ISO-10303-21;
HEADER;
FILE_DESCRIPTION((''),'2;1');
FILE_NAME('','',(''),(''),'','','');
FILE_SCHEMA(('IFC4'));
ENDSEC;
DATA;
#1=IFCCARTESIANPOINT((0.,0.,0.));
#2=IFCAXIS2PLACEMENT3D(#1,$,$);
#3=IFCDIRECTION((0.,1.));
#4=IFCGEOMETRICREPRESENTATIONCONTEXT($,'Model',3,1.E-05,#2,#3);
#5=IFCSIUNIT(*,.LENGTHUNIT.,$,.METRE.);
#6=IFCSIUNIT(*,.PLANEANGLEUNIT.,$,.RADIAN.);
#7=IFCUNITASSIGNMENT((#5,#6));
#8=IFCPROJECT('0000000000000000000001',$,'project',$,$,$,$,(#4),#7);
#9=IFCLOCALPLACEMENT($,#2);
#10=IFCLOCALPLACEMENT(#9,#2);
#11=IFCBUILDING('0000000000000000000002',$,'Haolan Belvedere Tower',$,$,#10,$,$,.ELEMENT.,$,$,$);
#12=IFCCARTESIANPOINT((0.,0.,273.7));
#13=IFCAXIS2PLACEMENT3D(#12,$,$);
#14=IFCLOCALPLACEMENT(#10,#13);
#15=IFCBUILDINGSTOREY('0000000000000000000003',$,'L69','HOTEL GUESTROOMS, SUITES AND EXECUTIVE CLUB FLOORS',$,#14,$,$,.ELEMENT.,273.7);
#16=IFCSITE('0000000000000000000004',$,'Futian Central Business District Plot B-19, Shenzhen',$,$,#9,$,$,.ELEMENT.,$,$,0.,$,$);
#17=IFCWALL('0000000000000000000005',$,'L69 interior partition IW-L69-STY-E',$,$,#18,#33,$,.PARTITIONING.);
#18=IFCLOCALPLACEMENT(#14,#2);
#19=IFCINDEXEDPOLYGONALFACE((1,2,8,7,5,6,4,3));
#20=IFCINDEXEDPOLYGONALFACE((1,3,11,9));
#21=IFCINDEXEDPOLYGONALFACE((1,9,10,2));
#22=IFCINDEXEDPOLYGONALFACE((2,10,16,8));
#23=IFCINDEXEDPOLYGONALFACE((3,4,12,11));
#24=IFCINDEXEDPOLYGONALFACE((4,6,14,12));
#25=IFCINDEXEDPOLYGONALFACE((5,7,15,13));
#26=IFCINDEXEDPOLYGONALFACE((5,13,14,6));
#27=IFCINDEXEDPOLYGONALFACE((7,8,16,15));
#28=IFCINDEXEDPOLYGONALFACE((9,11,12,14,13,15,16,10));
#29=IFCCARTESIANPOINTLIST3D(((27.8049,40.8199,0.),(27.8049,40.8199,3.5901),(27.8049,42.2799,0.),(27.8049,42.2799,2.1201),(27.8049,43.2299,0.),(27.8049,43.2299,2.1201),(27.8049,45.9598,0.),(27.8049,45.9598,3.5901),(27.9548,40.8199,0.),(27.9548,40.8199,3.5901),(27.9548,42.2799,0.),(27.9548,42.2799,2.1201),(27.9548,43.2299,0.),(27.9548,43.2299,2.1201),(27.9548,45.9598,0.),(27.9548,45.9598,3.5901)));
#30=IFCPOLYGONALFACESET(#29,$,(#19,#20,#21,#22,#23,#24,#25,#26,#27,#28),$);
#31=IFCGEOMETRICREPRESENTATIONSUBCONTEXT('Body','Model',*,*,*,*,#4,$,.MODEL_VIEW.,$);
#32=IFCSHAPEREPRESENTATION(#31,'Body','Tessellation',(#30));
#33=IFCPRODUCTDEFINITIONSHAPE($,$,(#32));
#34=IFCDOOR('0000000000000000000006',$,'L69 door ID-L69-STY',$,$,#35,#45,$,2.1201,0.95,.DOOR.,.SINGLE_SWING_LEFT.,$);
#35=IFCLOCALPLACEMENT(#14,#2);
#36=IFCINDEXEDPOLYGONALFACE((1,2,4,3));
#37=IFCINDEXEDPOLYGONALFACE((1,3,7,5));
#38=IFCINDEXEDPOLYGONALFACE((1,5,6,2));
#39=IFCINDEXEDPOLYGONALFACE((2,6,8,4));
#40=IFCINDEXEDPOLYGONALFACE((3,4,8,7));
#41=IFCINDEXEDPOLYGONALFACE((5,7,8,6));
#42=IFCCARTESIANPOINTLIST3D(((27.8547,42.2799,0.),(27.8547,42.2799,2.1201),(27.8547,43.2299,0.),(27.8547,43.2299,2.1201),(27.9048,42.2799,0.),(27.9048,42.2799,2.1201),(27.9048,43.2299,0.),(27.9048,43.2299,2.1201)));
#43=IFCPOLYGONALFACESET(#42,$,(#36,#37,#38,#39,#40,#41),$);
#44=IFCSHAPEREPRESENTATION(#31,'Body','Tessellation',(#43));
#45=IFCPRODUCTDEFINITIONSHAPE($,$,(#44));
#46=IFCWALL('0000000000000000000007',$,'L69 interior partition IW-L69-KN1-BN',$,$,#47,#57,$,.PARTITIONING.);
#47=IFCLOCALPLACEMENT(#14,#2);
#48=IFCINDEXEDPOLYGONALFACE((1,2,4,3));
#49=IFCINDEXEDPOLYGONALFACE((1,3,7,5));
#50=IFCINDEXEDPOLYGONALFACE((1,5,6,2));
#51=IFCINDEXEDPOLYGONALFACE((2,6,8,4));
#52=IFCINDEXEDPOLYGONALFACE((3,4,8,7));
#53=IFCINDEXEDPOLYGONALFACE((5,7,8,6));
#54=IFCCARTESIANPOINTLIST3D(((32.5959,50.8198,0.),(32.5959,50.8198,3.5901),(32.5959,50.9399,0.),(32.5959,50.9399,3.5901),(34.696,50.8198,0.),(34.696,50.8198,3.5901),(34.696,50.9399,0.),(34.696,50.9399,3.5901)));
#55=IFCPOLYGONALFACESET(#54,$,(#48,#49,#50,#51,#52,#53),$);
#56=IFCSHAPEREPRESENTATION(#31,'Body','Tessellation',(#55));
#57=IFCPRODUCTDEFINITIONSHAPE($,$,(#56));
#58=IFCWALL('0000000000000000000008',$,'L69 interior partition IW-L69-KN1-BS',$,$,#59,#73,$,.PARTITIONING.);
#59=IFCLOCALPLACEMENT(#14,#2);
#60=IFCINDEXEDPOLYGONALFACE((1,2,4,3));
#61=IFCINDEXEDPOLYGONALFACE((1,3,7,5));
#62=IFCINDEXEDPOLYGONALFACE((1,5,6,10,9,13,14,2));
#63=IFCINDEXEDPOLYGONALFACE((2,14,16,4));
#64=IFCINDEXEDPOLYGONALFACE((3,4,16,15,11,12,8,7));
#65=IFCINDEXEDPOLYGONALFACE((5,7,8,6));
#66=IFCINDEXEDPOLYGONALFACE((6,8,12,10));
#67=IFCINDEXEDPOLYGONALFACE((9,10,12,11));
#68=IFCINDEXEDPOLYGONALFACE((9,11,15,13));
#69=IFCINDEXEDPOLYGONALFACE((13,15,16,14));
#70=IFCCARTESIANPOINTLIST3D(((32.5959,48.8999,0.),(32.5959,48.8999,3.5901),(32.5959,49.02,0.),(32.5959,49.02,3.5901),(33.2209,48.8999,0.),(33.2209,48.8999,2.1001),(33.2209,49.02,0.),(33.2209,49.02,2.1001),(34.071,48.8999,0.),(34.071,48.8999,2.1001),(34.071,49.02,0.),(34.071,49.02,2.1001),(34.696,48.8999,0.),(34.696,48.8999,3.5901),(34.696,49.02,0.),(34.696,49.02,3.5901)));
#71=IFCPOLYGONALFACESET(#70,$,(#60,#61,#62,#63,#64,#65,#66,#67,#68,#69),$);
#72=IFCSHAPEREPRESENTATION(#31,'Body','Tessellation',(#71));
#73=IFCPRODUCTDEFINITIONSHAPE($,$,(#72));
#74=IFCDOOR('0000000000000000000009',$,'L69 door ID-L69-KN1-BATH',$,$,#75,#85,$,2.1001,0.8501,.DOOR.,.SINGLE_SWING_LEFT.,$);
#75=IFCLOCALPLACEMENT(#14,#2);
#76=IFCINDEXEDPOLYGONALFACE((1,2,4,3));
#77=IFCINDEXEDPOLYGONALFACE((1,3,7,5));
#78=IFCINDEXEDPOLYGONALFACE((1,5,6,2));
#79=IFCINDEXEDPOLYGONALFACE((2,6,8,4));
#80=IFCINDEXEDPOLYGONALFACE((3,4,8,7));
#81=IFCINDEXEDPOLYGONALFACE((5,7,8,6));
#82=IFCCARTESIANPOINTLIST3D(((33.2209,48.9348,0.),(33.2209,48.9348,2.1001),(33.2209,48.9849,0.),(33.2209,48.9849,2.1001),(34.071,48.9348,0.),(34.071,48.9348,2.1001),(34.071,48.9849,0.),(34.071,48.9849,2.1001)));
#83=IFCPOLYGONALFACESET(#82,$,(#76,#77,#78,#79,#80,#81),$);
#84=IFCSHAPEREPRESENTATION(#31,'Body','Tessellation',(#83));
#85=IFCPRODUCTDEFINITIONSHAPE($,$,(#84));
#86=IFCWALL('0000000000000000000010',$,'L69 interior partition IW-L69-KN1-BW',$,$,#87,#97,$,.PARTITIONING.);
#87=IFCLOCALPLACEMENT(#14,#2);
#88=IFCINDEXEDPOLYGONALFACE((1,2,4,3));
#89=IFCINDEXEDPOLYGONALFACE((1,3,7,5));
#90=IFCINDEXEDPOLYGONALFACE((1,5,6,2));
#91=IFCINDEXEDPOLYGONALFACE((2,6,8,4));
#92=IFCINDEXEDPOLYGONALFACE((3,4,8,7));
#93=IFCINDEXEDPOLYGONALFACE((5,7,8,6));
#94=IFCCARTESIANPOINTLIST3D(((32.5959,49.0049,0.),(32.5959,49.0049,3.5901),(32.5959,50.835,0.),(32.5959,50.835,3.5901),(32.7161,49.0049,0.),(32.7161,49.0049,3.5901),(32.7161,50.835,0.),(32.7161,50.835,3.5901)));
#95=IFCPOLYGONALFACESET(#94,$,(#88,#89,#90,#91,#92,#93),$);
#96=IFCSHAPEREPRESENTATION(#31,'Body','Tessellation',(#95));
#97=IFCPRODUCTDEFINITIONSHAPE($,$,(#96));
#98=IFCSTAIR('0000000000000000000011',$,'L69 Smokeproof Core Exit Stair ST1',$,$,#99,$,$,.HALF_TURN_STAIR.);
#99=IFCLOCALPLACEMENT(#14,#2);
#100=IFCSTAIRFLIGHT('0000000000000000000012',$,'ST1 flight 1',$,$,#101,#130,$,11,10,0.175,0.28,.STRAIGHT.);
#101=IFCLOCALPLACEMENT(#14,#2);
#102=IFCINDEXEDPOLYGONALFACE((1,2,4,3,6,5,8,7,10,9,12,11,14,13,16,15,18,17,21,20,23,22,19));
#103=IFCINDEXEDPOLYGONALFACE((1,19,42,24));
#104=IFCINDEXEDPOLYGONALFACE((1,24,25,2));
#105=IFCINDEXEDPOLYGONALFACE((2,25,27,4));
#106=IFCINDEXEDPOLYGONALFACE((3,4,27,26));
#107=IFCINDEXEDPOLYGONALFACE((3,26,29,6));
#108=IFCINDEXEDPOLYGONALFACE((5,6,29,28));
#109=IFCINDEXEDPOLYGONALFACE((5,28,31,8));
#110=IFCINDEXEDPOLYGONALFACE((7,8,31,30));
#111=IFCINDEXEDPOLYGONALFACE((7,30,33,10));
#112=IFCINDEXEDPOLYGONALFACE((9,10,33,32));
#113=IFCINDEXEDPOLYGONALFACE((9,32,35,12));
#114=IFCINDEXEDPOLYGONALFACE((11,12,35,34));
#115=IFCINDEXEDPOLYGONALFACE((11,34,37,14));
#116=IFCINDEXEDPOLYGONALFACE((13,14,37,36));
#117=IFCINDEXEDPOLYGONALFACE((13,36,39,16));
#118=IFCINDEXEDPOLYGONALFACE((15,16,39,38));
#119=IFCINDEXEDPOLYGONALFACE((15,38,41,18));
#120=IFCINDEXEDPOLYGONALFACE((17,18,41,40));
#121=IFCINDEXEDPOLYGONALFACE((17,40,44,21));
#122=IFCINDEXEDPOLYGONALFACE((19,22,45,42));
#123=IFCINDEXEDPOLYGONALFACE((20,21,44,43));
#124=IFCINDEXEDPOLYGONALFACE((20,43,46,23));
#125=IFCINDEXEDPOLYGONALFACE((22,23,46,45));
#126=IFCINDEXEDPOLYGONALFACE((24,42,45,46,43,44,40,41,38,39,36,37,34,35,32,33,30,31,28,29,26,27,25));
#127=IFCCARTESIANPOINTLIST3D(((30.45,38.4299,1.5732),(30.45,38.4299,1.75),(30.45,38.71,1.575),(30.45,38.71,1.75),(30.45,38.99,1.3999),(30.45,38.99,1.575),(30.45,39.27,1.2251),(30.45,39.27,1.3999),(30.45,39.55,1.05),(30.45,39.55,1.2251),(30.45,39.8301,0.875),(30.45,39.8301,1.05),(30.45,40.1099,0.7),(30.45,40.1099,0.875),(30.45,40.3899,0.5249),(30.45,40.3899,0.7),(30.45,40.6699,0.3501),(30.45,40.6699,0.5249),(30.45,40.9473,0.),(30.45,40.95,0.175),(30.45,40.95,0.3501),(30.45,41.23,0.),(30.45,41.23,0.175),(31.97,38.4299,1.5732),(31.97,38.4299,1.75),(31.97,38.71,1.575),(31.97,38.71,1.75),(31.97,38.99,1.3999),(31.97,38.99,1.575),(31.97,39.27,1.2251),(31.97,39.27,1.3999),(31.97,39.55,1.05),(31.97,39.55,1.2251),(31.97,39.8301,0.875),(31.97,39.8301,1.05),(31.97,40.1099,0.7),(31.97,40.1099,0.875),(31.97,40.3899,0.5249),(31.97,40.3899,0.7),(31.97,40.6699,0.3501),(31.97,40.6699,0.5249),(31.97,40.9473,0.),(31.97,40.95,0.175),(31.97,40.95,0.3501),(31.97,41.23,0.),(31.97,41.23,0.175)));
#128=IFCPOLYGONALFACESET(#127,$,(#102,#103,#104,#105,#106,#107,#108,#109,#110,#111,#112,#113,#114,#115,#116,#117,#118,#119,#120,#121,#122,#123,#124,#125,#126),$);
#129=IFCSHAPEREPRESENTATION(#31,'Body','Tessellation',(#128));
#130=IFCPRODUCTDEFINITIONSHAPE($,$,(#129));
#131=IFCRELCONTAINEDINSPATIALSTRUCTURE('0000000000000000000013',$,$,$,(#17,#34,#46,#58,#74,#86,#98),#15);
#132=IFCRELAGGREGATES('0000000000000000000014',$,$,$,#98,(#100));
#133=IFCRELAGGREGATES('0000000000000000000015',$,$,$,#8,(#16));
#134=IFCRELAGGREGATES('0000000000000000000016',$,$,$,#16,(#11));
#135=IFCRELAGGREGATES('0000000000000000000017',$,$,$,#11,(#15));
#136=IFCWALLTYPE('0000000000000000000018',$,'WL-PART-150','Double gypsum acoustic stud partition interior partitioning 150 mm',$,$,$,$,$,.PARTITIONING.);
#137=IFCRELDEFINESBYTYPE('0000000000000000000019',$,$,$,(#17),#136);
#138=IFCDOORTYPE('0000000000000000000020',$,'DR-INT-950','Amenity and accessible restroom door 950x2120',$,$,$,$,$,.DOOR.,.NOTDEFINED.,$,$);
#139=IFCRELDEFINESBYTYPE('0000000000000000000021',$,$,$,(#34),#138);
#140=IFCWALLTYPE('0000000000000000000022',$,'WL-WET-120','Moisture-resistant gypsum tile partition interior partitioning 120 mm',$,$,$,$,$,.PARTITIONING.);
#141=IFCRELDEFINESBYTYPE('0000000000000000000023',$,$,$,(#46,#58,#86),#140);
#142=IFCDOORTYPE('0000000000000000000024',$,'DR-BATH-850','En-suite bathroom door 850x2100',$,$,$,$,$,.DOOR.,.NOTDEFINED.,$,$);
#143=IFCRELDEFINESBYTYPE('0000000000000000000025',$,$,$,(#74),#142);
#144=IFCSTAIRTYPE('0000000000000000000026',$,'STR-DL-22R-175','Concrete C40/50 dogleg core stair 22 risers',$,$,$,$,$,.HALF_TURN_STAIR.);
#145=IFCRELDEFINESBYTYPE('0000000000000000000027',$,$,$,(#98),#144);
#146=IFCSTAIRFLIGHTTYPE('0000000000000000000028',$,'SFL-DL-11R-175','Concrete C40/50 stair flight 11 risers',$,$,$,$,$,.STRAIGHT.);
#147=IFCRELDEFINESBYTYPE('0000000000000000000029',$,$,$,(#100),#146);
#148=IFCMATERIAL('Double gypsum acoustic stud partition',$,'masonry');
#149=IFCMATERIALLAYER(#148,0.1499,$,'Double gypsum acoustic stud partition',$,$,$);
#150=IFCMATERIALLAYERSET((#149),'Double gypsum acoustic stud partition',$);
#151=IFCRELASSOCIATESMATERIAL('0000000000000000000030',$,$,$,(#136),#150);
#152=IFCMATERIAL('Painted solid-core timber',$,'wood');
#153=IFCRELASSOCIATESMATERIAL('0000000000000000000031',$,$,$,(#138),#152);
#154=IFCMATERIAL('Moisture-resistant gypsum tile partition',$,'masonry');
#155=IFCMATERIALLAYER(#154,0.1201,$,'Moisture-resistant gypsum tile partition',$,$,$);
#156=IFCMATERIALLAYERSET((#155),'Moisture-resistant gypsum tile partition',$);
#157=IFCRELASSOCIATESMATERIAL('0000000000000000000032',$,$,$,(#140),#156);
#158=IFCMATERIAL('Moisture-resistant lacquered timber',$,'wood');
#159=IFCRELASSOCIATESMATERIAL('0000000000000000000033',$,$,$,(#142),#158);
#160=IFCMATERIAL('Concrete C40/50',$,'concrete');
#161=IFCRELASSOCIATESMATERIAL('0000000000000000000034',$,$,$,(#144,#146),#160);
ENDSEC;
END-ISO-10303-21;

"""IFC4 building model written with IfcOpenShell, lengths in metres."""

from ifc_helpers import new_model, si_unit, direction, frame, frame_2d, origin, place, context, subcontext, project, spatial, polyline, rectangle, outline, extrude, material, layer, layer_set, type_object, element, fill, aggregate, save


model = new_model("IFC4")

# Units and contexts
model_context = context("Model", 3, precision=1e-05, world=origin(), true_north=direction((0.0, 1.0)))
body_context = subcontext(model_context, "Body", "Model", "MODEL_VIEW")
ifc_project = project(units=[si_unit("LENGTHUNIT", "METRE"), si_unit("PLANEANGLEUNIT", "RADIAN")], contexts=[model_context])

# Site, building, storey
site_placement = place(None, origin())
site = spatial("IfcSite", under=ifc_project, at=site_placement, Name="Futian Central Business District Plot B-19, Shenzhen", CompositionType="ELEMENT", RefElevation=0.0)
building_placement = place(site_placement, origin())
building = spatial("IfcBuilding", under=site, at=building_placement, Name="Haolan Belvedere Tower", CompositionType="ELEMENT")
storey_placement = place(building_placement, frame((0.0, 0.0, 273.7)))
storey = spatial("IfcBuildingStorey", under=building, at=storey_placement, Name="L69", Description="HOTEL GUESTROOMS, SUITES AND EXECUTIVE CLUB FLOORS", CompositionType="ELEMENT", Elevation=273.7)

# Shared definitions
ifc_material_1 = material(Name="Concrete C40/50", Category="concrete")

# Wall, opening, door
ifc_material_2 = material(Name="Double gypsum acoustic stud partition", Category="masonry")
ifc_layer_1 = layer(ifc_material_2, 0.1499, Name="Double gypsum acoustic stud partition")
ifc_layer_set_1 = layer_set([ifc_layer_1], Name="Double gypsum acoustic stud partition")
wall_type_1 = type_object("IfcWallType", Name="WL-PART-150", Description="Double gypsum acoustic stud partition interior partitioning 150 mm", PredefinedType="PARTITIONING", material=ifc_layer_set_1)
wall_1_placement = place(storey_placement, frame((27.8799, 40.8201, 0.0), z_axis=(0.0, 0.0, 1.0), x_axis=(0.0, 1.0, 0.0)))
wall_1 = element("IfcWall", 1, at=wall_1_placement, inside=storey, type_object=wall_type_1, Name="L69 interior partition IW-L69-STY-E", PredefinedType="PARTITIONING", context=body_context, shape_type="SweptSolid", body=[
    extrude(rectangle(XDim=5.1399, YDim=0.1499, at=frame_2d((2.5698, 0.0))), origin(), (0.0, 0.0, 1.0), 3.5901),
])
opening_1_placement = place(wall_1_placement, frame((2.4099, 0.0, 0.0), z_axis=(0.0, 0.0, 1.0), x_axis=(-1.0, 0.0, 0.0)))
opening_1 = element("IfcOpeningElement", 2, at=opening_1_placement, cuts=wall_1, PredefinedType="OPENING", context=body_context, shape_type="SweptSolid", body=[
    extrude(rectangle(XDim=0.95, YDim=2.1201, at=frame_2d((0.4751, 1.0601))), frame((0.0, 0.085, 0.0), z_axis=(0.0, -1.0, 0.0), x_axis=(1.0, 0.0, 0.0)), (0.0, 0.0, 1.0), 0.1699),
])
ifc_material_3 = material(Name="Painted solid-core timber", Category="wood")
door_type_1 = type_object("IfcDoorType", Name="DR-INT-950", Description="Amenity and accessible restroom door 950x2120", OperationType="NOTDEFINED", PredefinedType="DOOR", material=ifc_material_3)
door_1_placement = place(opening_1_placement, origin())
door_1 = element("IfcDoor", 3, at=door_1_placement, inside=storey, type_object=door_type_1, Name="L69 door ID-L69-STY", OperationType="SINGLE_SWING_LEFT", OverallHeight=2.1201, OverallWidth=0.95, PredefinedType="DOOR", context=body_context, shape_type="SweptSolid", body=[
    extrude(rectangle(XDim=0.95, YDim=2.1201, at=frame_2d((0.4751, 1.0601))), frame((0.0, 0.0249, 0.0), z_axis=(0.0, -1.0, 0.0), x_axis=(1.0, 0.0, 0.0)), (0.0, 0.0, 1.0), 0.05),
])
fill(opening_1, door_1)

# Wall
ifc_material_4 = material(Name="Moisture-resistant gypsum tile partition", Category="masonry")
ifc_layer_2 = layer(ifc_material_4, 0.1201, Name="Moisture-resistant gypsum tile partition")
ifc_layer_set_2 = layer_set([ifc_layer_2], Name="Moisture-resistant gypsum tile partition")
wall_type_2 = type_object("IfcWallType", Name="WL-WET-120", Description="Moisture-resistant gypsum tile partition interior partitioning 120 mm", PredefinedType="PARTITIONING", material=ifc_layer_set_2)
wall_2_placement = place(storey_placement, frame((32.5959, 50.8799, 0.0), z_axis=(0.0, 0.0, 1.0), x_axis=(1.0, 0.0, 0.0)))
element("IfcWall", 4, at=wall_2_placement, inside=storey, type_object=wall_type_2, Name="L69 interior partition IW-L69-KN1-BN", PredefinedType="PARTITIONING", context=body_context, shape_type="SweptSolid", body=[
    extrude(rectangle(XDim=2.1001, YDim=0.1201, at=frame_2d((1.05, 0.0))), origin(), (0.0, 0.0, 1.0), 3.5901),
])

# Wall, opening, door
wall_3_placement = place(storey_placement, frame((32.5959, 48.96, 0.0), z_axis=(0.0, 0.0, 1.0), x_axis=(1.0, 0.0, 0.0)))
wall_3 = element("IfcWall", 5, at=wall_3_placement, inside=storey, type_object=wall_type_2, Name="L69 interior partition IW-L69-KN1-BS", PredefinedType="PARTITIONING", context=body_context, shape_type="SweptSolid", body=[
    extrude(rectangle(XDim=2.1001, YDim=0.1201, at=frame_2d((1.05, 0.0))), origin(), (0.0, 0.0, 1.0), 3.5901),
])
opening_2_placement = place(wall_3_placement, frame((0.625, 0.0, 0.0)))
opening_2 = element("IfcOpeningElement", 6, at=opening_2_placement, cuts=wall_3, PredefinedType="OPENING", context=body_context, shape_type="SweptSolid", body=[
    extrude(rectangle(XDim=0.8501, YDim=2.1001, at=frame_2d((0.425, 1.05))), frame((0.0, 0.0701, 0.0), z_axis=(0.0, -1.0, 0.0), x_axis=(1.0, 0.0, 0.0)), (0.0, 0.0, 1.0), 0.1401),
])
ifc_material_5 = material(Name="Moisture-resistant lacquered timber", Category="wood")
door_type_2 = type_object("IfcDoorType", Name="DR-BATH-850", Description="En-suite bathroom door 850x2100", OperationType="NOTDEFINED", PredefinedType="DOOR", material=ifc_material_5)
door_2_placement = place(opening_2_placement, origin())
door_2 = element("IfcDoor", 7, at=door_2_placement, inside=storey, type_object=door_type_2, Name="L69 door ID-L69-KN1-BATH", OperationType="SINGLE_SWING_LEFT", OverallHeight=2.1001, OverallWidth=0.8501, PredefinedType="DOOR", context=body_context, shape_type="SweptSolid", body=[
    extrude(rectangle(XDim=0.8501, YDim=2.1001, at=frame_2d((0.425, 1.05))), frame((0.0, 0.0249, 0.0), z_axis=(0.0, -1.0, 0.0), x_axis=(1.0, 0.0, 0.0)), (0.0, 0.0, 1.0), 0.05),
])
fill(opening_2, door_2)

# Wall
wall_4_placement = place(storey_placement, frame((32.656, 49.0049, 0.0), z_axis=(0.0, 0.0, 1.0), x_axis=(0.0, 1.0, 0.0)))
element("IfcWall", 8, at=wall_4_placement, inside=storey, type_object=wall_type_2, Name="L69 interior partition IW-L69-KN1-BW", PredefinedType="PARTITIONING", context=body_context, shape_type="SweptSolid", body=[
    extrude(rectangle(XDim=1.8301, YDim=0.1201, at=frame_2d((0.915, 0.0))), origin(), (0.0, 0.0, 1.0), 3.5901),
])

# Stair, stair flight
stair_type = type_object("IfcStairType", Name="STR-DL-22R-175", Description="Concrete C40/50 dogleg core stair 22 risers", PredefinedType="HALF_TURN_STAIR", material=ifc_material_1)
stair_placement = place(storey_placement, origin())
stair = element("IfcStair", 9, at=stair_placement, inside=storey, type_object=stair_type, Name="L69 Smokeproof Core Exit Stair ST1", PredefinedType="HALF_TURN_STAIR")
stair_flight_type = type_object("IfcStairFlightType", Name="SFL-DL-11R-175", Description="Concrete C40/50 stair flight 11 risers", PredefinedType="STRAIGHT", material=ifc_material_1)
stair_flight_placement = place(storey_placement, frame((31.21, 41.23, 0.0), z_axis=(0.0, 0.0, 1.0), x_axis=(0.0, -1.0, 0.0)))
stair_flight = element("IfcStairFlight", 10, at=stair_flight_placement, type_object=stair_flight_type, Name="ST1 flight 1", NumberOfRisers=11, NumberOfTreads=10, PredefinedType="STRAIGHT", RiserHeight=0.175, TreadLength=0.28, context=body_context, shape_type="SweptSolid", body=[
    extrude(outline(polyline([(0.0, 0.0), (0.0, 0.175), (0.28, 0.175), (0.28, 0.3501), (0.5601, 0.3501), (0.5601, 0.5249), (0.8401, 0.5249), (0.8401, 0.7), (1.1201, 0.7), (1.1201, 0.875), (1.3999, 0.875), (1.3999, 1.05), (1.6799, 1.05), (1.6799, 1.2251), (1.96, 1.2251), (1.96, 1.3999), (2.24, 1.3999), (2.24, 1.575), (2.52, 1.575), (2.52, 1.75), (2.8, 1.75), (2.8, 1.925), (2.8, 1.5732), (0.2827, 0.0), (0.0, 0.0)])), frame((0.0, 0.76, 0.0), z_axis=(0.0, -1.0, 0.0), x_axis=(1.0, 0.0, 0.0)), (0.0, 0.0, 1.0), 1.52),
])
aggregate(stair, [stair_flight])

save(model, "model.ifc")
